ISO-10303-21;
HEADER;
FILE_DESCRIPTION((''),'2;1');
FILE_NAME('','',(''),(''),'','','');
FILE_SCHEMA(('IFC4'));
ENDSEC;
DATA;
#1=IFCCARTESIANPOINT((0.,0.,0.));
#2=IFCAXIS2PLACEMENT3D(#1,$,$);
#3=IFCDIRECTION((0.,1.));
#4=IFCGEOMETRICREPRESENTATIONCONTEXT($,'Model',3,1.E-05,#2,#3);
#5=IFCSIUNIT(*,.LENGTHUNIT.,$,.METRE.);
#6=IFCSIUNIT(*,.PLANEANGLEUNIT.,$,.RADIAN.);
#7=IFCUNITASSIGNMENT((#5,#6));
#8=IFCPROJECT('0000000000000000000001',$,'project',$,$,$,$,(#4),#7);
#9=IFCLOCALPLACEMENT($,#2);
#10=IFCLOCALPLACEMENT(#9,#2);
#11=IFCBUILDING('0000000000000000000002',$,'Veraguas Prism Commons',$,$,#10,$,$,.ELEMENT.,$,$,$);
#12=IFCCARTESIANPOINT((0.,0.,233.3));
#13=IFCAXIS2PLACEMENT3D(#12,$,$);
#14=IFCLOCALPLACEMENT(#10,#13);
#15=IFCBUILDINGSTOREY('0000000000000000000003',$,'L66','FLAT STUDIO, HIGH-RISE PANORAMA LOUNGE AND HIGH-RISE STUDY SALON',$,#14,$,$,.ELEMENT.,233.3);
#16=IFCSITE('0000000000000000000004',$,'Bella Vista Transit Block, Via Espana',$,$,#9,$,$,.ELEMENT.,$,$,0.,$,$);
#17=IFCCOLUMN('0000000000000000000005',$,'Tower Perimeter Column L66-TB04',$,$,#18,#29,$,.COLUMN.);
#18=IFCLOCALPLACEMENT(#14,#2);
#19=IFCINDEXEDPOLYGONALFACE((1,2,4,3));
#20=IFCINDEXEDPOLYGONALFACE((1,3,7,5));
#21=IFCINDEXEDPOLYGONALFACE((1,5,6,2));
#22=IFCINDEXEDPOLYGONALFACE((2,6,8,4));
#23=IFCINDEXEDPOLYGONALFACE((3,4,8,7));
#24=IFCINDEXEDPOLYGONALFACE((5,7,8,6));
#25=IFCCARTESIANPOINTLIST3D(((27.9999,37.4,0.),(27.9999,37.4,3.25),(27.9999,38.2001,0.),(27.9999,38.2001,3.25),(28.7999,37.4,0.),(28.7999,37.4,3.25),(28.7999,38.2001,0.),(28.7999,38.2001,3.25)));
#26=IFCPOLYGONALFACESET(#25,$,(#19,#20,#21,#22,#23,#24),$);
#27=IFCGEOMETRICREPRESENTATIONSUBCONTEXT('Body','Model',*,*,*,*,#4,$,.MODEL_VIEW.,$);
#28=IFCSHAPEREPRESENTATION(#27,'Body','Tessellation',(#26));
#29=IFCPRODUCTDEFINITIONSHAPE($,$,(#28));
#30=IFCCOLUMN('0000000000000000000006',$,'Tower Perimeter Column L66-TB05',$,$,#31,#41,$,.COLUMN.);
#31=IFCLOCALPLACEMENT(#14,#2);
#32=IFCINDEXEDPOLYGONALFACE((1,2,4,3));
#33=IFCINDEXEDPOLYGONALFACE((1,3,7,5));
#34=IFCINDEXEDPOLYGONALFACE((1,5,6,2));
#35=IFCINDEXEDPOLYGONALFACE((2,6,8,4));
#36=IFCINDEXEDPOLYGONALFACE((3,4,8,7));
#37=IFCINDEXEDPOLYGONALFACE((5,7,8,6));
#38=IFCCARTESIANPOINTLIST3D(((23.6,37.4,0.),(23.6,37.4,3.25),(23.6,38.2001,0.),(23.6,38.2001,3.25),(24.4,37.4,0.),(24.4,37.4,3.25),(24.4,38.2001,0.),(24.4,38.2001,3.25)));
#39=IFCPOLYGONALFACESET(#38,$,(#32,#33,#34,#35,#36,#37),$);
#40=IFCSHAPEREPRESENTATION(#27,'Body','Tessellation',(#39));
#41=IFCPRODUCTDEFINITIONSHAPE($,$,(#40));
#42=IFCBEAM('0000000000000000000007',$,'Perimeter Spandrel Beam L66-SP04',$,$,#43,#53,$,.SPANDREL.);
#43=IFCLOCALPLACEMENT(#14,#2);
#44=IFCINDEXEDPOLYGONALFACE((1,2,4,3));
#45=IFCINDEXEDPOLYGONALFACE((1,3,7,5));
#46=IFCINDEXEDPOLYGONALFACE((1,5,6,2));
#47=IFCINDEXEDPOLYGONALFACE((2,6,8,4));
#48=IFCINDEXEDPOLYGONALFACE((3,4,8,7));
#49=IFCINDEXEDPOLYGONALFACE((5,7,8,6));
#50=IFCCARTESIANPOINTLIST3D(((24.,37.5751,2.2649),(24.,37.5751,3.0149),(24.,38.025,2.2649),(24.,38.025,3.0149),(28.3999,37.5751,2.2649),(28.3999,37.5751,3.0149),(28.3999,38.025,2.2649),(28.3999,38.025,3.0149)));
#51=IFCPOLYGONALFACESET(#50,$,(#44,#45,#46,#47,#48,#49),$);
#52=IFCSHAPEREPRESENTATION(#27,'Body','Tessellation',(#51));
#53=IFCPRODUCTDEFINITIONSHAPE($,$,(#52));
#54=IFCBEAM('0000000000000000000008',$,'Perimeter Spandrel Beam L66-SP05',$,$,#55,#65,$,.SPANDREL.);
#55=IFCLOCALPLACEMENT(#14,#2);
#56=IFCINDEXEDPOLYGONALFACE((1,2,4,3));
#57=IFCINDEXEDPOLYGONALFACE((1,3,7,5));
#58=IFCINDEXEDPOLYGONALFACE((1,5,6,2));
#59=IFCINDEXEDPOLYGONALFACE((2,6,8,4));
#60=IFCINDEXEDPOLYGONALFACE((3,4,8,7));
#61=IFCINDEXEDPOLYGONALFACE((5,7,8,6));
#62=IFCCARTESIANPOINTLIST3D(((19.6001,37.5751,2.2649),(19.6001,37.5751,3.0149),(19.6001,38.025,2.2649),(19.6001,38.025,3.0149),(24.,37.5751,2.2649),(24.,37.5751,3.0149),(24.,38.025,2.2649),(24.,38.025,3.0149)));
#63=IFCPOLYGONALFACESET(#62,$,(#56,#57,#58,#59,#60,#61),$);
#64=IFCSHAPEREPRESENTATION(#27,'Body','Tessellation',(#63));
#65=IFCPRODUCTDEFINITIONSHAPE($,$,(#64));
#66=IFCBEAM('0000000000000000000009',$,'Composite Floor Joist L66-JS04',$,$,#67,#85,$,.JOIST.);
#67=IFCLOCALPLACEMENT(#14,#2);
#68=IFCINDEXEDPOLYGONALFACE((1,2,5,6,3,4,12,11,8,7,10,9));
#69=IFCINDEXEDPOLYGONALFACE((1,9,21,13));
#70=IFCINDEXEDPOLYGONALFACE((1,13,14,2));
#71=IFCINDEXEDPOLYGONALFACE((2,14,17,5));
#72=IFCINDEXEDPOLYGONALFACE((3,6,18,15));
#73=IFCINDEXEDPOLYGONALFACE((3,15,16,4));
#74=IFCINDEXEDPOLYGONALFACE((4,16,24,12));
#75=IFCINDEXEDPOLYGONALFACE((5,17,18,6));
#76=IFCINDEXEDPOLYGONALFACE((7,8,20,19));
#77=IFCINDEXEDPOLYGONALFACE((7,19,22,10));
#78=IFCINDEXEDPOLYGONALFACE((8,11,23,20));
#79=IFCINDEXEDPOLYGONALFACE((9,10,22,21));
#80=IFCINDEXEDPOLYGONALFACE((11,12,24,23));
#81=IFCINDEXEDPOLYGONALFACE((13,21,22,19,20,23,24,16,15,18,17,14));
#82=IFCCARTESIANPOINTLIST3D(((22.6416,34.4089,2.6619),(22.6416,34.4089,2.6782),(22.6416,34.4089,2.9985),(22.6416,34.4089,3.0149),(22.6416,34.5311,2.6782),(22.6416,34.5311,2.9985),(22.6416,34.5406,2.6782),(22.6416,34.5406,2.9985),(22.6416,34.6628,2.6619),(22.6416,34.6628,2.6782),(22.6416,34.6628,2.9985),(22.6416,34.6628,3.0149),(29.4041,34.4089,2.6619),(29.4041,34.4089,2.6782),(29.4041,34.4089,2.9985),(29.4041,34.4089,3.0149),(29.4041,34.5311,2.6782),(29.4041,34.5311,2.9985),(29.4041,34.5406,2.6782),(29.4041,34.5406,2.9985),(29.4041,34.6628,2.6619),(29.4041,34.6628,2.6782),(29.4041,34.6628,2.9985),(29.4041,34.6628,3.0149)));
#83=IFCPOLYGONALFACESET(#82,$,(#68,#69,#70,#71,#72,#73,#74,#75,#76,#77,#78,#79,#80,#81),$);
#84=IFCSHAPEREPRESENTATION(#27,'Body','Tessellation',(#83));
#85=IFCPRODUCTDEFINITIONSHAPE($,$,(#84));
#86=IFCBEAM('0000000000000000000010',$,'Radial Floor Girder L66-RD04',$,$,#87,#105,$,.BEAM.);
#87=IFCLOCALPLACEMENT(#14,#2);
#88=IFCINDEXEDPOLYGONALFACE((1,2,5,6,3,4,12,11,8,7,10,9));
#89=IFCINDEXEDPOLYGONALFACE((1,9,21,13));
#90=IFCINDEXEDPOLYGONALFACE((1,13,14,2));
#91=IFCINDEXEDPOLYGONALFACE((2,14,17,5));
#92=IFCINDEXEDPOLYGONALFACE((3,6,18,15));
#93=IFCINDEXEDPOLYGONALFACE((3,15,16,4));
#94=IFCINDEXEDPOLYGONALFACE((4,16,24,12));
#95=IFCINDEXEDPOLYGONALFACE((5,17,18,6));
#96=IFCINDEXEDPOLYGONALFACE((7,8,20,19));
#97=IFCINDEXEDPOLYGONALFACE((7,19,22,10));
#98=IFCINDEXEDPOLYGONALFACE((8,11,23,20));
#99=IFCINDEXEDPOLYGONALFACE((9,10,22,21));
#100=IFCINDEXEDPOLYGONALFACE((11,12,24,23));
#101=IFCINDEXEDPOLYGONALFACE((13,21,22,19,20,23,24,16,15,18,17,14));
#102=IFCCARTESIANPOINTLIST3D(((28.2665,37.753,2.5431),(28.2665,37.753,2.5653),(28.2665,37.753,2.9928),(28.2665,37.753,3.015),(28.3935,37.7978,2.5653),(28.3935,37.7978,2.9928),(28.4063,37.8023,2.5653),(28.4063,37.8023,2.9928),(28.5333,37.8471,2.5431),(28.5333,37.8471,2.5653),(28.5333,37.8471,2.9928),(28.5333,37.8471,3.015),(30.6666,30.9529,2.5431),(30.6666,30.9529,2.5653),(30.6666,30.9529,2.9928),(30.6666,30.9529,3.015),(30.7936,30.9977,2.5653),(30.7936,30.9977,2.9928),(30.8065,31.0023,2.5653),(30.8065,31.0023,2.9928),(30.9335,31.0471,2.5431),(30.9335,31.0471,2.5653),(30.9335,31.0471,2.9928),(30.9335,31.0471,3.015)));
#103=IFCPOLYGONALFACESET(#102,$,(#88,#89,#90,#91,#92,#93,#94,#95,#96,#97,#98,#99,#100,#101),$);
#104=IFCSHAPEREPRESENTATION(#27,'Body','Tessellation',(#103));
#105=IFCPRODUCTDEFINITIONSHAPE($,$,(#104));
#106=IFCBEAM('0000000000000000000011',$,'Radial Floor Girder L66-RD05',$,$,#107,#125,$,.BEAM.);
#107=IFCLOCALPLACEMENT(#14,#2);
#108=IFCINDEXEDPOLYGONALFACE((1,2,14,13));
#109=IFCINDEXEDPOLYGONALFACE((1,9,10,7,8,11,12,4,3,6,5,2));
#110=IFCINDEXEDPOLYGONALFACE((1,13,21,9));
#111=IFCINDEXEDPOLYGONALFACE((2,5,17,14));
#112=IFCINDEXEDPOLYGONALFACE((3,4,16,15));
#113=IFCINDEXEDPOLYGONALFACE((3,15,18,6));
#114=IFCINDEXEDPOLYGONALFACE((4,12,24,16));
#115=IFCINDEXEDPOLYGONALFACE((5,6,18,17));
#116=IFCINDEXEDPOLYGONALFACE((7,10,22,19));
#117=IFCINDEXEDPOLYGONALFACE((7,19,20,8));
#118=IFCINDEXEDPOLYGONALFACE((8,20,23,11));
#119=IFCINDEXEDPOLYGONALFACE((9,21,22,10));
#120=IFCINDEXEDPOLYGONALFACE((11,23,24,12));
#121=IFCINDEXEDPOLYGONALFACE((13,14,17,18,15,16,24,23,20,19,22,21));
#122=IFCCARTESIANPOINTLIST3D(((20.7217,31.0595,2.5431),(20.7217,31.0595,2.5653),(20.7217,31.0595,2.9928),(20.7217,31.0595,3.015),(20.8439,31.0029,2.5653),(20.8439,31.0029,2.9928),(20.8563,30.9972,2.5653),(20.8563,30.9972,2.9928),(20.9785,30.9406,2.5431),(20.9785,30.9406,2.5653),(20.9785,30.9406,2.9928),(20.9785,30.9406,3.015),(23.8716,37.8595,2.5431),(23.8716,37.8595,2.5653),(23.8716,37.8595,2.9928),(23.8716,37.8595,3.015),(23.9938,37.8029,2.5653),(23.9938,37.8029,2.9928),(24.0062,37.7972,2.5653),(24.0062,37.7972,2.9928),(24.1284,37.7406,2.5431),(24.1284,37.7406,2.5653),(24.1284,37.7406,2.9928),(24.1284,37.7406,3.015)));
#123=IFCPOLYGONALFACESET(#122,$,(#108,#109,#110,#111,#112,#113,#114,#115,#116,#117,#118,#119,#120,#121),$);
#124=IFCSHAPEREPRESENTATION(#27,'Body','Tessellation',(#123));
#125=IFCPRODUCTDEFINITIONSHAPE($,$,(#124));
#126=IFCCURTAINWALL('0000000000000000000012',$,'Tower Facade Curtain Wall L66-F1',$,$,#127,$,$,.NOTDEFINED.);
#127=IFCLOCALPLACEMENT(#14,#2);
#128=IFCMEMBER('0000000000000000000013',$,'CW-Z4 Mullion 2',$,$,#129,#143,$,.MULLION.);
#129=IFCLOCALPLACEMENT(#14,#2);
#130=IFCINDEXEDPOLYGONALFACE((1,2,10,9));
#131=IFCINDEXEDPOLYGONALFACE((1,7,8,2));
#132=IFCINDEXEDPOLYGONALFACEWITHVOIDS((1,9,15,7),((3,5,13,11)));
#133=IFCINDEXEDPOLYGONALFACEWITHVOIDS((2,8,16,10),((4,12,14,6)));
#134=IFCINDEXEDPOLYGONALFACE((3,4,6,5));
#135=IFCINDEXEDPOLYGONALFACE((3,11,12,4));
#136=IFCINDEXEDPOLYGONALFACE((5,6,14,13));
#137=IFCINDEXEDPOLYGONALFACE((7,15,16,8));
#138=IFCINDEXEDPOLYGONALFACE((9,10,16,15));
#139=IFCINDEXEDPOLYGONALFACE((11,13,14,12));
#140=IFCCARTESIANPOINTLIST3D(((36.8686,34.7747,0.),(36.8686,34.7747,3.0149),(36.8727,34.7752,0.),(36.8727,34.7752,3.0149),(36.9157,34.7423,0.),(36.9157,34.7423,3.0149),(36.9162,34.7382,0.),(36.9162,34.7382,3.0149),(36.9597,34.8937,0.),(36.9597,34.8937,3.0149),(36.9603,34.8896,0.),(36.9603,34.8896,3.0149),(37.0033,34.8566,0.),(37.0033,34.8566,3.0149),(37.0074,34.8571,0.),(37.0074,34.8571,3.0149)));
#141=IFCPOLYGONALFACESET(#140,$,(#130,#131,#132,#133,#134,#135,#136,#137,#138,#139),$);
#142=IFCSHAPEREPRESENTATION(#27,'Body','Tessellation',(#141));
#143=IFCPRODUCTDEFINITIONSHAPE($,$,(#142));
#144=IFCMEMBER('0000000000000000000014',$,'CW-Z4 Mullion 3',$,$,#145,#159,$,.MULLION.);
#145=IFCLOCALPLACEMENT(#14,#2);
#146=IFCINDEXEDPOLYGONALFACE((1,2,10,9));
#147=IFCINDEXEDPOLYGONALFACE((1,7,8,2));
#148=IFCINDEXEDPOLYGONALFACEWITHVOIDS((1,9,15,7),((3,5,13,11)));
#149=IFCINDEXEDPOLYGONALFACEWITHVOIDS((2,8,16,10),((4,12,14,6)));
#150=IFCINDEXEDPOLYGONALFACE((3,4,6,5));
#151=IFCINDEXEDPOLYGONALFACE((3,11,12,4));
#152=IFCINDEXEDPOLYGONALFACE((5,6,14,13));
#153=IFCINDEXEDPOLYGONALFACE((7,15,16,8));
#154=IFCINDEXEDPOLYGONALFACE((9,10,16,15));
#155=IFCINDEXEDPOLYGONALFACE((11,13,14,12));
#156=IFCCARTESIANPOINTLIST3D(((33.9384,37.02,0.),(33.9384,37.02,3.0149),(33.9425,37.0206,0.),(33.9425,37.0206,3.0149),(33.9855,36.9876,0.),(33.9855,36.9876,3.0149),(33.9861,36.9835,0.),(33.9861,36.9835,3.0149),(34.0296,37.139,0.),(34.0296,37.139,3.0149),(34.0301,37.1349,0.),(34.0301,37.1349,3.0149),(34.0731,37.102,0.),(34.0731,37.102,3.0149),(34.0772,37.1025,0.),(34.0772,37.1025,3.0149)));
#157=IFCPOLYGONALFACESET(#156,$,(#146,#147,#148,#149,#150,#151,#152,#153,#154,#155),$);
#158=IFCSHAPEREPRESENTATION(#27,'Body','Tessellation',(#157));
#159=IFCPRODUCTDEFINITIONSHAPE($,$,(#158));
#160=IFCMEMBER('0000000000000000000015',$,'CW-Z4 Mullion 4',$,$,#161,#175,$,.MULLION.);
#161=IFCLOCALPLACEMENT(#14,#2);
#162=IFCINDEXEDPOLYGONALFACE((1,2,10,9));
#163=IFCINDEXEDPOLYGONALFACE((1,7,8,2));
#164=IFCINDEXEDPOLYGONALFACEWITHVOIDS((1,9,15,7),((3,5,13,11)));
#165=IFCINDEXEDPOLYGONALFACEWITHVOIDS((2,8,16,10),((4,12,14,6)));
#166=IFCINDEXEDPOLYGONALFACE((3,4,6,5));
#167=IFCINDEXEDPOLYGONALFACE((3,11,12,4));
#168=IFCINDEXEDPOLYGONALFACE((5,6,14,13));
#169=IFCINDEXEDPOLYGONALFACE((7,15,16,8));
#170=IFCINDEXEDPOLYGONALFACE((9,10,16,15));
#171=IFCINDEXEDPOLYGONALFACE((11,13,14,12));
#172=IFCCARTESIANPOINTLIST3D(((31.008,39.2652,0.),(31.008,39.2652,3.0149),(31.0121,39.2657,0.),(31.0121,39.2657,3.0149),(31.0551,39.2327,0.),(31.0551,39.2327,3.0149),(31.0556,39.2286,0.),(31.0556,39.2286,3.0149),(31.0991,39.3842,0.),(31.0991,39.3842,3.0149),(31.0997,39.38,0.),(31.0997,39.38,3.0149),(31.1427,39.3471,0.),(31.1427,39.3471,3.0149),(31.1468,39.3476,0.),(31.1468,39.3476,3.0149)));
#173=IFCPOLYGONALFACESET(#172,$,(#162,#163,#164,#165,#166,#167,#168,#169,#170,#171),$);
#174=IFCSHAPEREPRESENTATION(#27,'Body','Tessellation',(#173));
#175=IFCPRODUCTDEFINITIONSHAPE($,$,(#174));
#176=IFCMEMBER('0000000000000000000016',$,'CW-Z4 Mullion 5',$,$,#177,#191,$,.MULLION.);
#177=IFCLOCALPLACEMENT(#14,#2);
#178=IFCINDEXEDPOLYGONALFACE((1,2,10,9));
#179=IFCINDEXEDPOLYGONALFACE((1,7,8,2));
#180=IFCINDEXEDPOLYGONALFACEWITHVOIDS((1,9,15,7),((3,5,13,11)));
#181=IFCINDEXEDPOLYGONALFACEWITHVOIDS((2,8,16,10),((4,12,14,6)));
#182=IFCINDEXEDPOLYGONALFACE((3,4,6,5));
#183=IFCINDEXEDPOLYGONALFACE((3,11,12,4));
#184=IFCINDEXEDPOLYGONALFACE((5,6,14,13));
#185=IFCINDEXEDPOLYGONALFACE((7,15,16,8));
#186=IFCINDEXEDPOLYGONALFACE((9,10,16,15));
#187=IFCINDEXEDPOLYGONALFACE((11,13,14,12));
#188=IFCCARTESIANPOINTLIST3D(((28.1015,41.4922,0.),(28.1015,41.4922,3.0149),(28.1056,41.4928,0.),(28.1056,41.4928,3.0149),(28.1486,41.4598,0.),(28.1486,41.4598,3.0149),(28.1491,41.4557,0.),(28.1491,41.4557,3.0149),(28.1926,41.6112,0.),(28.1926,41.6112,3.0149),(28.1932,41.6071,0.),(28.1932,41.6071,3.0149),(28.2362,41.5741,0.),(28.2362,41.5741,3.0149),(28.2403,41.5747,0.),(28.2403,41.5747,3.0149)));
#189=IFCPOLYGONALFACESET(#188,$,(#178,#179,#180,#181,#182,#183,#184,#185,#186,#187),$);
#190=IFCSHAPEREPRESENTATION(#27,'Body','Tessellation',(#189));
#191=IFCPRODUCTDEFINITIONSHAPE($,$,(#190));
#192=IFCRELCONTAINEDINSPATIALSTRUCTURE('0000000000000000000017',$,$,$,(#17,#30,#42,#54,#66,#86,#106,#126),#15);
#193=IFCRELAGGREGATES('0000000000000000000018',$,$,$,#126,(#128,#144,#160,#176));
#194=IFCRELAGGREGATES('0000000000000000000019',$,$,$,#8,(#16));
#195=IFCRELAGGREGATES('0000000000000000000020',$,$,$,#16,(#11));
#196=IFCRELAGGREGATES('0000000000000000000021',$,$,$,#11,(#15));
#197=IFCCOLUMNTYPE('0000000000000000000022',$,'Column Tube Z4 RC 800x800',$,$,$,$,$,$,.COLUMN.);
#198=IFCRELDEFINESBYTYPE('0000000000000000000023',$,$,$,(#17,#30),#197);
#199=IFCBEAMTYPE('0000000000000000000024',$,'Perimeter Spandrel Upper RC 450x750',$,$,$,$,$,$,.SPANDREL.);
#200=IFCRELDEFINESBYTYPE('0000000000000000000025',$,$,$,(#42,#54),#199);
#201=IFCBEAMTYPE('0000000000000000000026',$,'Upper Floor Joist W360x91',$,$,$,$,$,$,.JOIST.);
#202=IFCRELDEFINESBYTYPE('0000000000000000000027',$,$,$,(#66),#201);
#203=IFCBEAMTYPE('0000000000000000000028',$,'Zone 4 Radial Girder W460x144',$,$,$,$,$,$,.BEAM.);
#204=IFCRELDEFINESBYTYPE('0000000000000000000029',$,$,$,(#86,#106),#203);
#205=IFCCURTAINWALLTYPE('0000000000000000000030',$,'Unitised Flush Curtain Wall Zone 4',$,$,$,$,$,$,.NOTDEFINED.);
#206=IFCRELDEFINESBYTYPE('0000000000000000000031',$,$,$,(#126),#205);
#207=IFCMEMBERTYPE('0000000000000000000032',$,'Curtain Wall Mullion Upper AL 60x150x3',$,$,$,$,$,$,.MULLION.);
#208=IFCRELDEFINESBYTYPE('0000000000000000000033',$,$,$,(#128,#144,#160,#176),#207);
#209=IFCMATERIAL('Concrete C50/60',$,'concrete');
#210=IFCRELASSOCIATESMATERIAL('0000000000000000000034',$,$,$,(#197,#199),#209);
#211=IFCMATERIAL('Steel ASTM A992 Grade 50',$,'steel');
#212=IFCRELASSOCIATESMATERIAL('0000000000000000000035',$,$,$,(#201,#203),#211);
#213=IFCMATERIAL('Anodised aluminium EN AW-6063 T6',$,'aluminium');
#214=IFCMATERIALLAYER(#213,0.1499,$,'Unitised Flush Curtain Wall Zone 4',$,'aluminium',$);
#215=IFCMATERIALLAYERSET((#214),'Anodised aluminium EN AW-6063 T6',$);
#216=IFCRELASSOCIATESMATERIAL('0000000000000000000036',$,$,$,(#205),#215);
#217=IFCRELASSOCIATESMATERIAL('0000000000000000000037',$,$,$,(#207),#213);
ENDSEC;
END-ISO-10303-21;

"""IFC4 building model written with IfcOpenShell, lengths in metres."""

from ifc_helpers import new_model, si_unit, direction, frame, origin, origin_2d, place, context, subcontext, project, spatial, rectangle, hollow_rectangle, i_section, extrude, source, transform, mapped, material, layer, layer_set, material_profile, profile_set, type_object, element, aggregate, save


model = new_model("IFC4")

# Units and contexts
model_context = context("Model", 3, precision=1e-05, world=origin(), true_north=direction((0.0, 1.0)))
body_context = subcontext(model_context, "Body", "Model", "MODEL_VIEW")
ifc_project = project(units=[si_unit("LENGTHUNIT", "METRE"), si_unit("PLANEANGLEUNIT", "RADIAN")], contexts=[model_context])

# Site, building, storey
site_placement = place(None, origin())
site = spatial("IfcSite", under=ifc_project, at=site_placement, Name="Bella Vista Transit Block, Via Espana", CompositionType="ELEMENT", RefElevation=0.0)
building_placement = place(site_placement, origin())
building = spatial("IfcBuilding", under=site, at=building_placement, Name="Veraguas Prism Commons", CompositionType="ELEMENT")
storey_placement = place(building_placement, frame((0.0, 0.0, 233.3)))
storey = spatial("IfcBuildingStorey", under=building, at=storey_placement, Name="L66", Description="FLAT STUDIO, HIGH-RISE PANORAMA LOUNGE AND HIGH-RISE STUDY SALON", CompositionType="ELEMENT", Elevation=233.3)

# Columns
ifc_material_1 = material(Name="Concrete C50/60", Category="concrete")
ifc_material_profile_1 = material_profile(ifc_material_1, rectangle(XDim=0.8, YDim=0.8, at=origin_2d()), Name="RC800X800")
ifc_profile_set_1 = profile_set([ifc_material_profile_1], Name="Concrete C50/60")
column_type = type_object("IfcColumnType", Name="Column Tube Z4 RC 800x800", PredefinedType="COLUMN", material=ifc_profile_set_1)
for number, where, z_axis, x_axis, name in (
    (1, (28.3999, 37.8, 0.0), (0.0, 0.0, 1.0), (1.0, 0.0, 0.0), "Tower Perimeter Column L66-TB04"),
    (2, (24.0, 37.8, 0.0), (0.0, 0.0, 1.0), (1.0, 0.0, 0.0), "Tower Perimeter Column L66-TB05"),
):
    element("IfcColumn", number, at=place(storey_placement, frame(where, z_axis=z_axis, x_axis=x_axis)), inside=storey, type_object=column_type, Name=name, PredefinedType="COLUMN", context=body_context, shape_type="SweptSolid", body=[
        extrude(rectangle(XDim=0.8, YDim=0.8, at=origin_2d()), origin(), (0.0, 0.0, 1.0), 3.25),
    ])

# Beams
ifc_material_profile_2 = material_profile(ifc_material_1, rectangle(XDim=0.45, YDim=0.75, at=origin_2d()), Name="RC450X750")
ifc_profile_set_2 = profile_set([ifc_material_profile_2], Name="Concrete C50/60")
beam_type_1 = type_object("IfcBeamType", Name="Perimeter Spandrel Upper RC 450x750", PredefinedType="SPANDREL", material=ifc_profile_set_2)
for number, where, z_axis, x_axis, name in (
    (3, (28.3999, 37.8, 2.6399), (-1.0, 0.0, 0.0), (0.0, -1.0, 0.0), "Perimeter Spandrel Beam L66-SP04"),
    (4, (24.0, 37.8, 2.6399), (-1.0, 0.0, 0.0), (0.0, -1.0, 0.0), "Perimeter Spandrel Beam L66-SP05"),
):
    element("IfcBeam", number, at=place(storey_placement, frame(where, z_axis=z_axis, x_axis=x_axis)), inside=storey, type_object=beam_type_1, Name=name, PredefinedType="SPANDREL", context=body_context, shape_type="SweptSolid", body=[
        extrude(rectangle(XDim=0.45, YDim=0.75, at=origin_2d()), origin(), (0.0, 0.0, 1.0), 4.3999),
    ])
ifc_material_2 = material(Name="Steel ASTM A992 Grade 50", Category="steel")
ifc_material_profile_3 = material_profile(ifc_material_2, i_section(OverallWidth=0.2539, OverallDepth=0.353, WebThickness=0.0095, FlangeThickness=0.0164, at=origin_2d()), Name="W360X91")
ifc_profile_set_3 = profile_set([ifc_material_profile_3], Name="Steel ASTM A992 Grade 50")
beam_type_2 = type_object("IfcBeamType", Name="Upper Floor Joist W360x91", PredefinedType="JOIST", material=ifc_profile_set_3)
beam_1_placement = place(storey_placement, frame((29.4041, 34.5359, 2.8384), z_axis=(-1.0, 0.0, 0.0), x_axis=(0.0, -1.0, 0.0)))
element("IfcBeam", 5, at=beam_1_placement, inside=storey, type_object=beam_type_2, Name="Composite Floor Joist L66-JS04", PredefinedType="JOIST", context=body_context, shape_type="SweptSolid", body=[
    extrude(i_section(OverallWidth=0.2539, OverallDepth=0.353, WebThickness=0.0095, FlangeThickness=0.0164, at=origin_2d()), origin(), (0.0, 0.0, 1.0), 6.7625),
])
ifc_material_profile_4 = material_profile(ifc_material_2, i_section(OverallWidth=0.283, OverallDepth=0.4719, WebThickness=0.0137, FlangeThickness=0.0222, at=origin_2d()), Name="W460X144")
ifc_profile_set_4 = profile_set([ifc_material_profile_4], Name="Steel ASTM A992 Grade 50")
beam_type_3 = type_object("IfcBeamType", Name="Zone 4 Radial Girder W460x144", PredefinedType="BEAM", material=ifc_profile_set_4)
beam_2_placement = place(storey_placement, frame((28.3999, 37.8, 2.7791), z_axis=(0.332836, -0.942985, 0.0), x_axis=(0.942985, 0.332836, 0.0)))
element("IfcBeam", 6, at=beam_2_placement, inside=storey, type_object=beam_type_3, Name="Radial Floor Girder L66-RD04", PredefinedType="BEAM", context=body_context, shape_type="SweptSolid", body=[
    extrude(i_section(OverallWidth=0.283, OverallDepth=0.4719, WebThickness=0.0137, FlangeThickness=0.0222, at=origin_2d()), origin(), (0.0, 0.0, 1.0), 7.2112),
])
beam_3_placement = place(storey_placement, frame((24.0, 37.8, 2.7791), z_axis=(-0.420314, -0.907379, 0.0), x_axis=(0.907379, -0.420314, 0.0)))
element("IfcBeam", 7, at=beam_3_placement, inside=storey, type_object=beam_type_3, Name="Radial Floor Girder L66-RD05", PredefinedType="BEAM", context=body_context, shape_type="SweptSolid", body=[
    extrude(i_section(OverallWidth=0.283, OverallDepth=0.4719, WebThickness=0.0137, FlangeThickness=0.0222, at=origin_2d()), origin(), (0.0, 0.0, 1.0), 7.4941),
])

# Curtain wall, members
ifc_material_3 = material(Name="Anodised aluminium EN AW-6063 T6", Category="aluminium")
ifc_layer_1 = layer(ifc_material_3, 0.1499, Name="Unitised Flush Curtain Wall Zone 4", Category="aluminium")
ifc_layer_set_1 = layer_set([ifc_layer_1], Name="Anodised aluminium EN AW-6063 T6")
curtain_wall_type = type_object("IfcCurtainWallType", Name="Unitised Flush Curtain Wall Zone 4", PredefinedType="NOTDEFINED", material=ifc_layer_set_1)
curtain_wall_1_placement = place(storey_placement, origin())
curtain_wall_1 = element("IfcCurtainWall", 8, at=curtain_wall_1_placement, inside=storey, type_object=curtain_wall_type, Name="Tower Facade Curtain Wall L66-F1", PredefinedType="NOTDEFINED")
ifc_material_profile_5 = material_profile(ifc_material_3, hollow_rectangle(XDim=0.0601, YDim=0.1499, WallThickness=0.0029, at=origin_2d()), Name="AL60X150X3")
ifc_profile_set_5 = profile_set([ifc_material_profile_5], Name="Anodised aluminium EN AW-6063 T6")
member_type_1 = type_object("IfcMemberType", Name="Curtain Wall Mullion Upper AL 60x150x3", PredefinedType="MULLION", material=ifc_profile_set_5)
shared_shape_1 = source(origin(), body_context, "Body", "SweptSolid", [
    extrude(hollow_rectangle(XDim=0.0601, YDim=0.1499, WallThickness=0.0029, at=origin_2d()), origin(), (0.0, 0.0, 1.0), 3.0149),
])
member_1_placement = place(storey_placement, frame((36.938, 34.8159, 0.0), z_axis=(0.0, 0.0, 1.0), x_axis=(-0.79378, 0.608205, 0.0)))
member_1 = element("IfcMember", 9, at=member_1_placement, type_object=member_type_1, Name="CW-Z4 Mullion 2", PredefinedType="MULLION", context=body_context, shape_type="MappedRepresentation", body=[
    mapped(shared_shape_1, transform((0.0, 0.0, 0.0), scale=1.0)),
])
member_2_placement = place(storey_placement, frame((34.0078, 37.0613, 0.0), z_axis=(0.0, 0.0, 1.0), x_axis=(-0.79378, 0.608205, 0.0)))
member_2 = element("IfcMember", 10, at=member_2_placement, type_object=member_type_1, Name="CW-Z4 Mullion 3", PredefinedType="MULLION", context=body_context, shape_type="MappedRepresentation", body=[
    mapped(shared_shape_1, transform((0.0, 0.0, 0.0), scale=1.0)),
])
member_3_placement = place(storey_placement, frame((31.0774, 39.3064, 0.0), z_axis=(0.0, 0.0, 1.0), x_axis=(-0.79378, 0.608205, 0.0)))
member_3 = element("IfcMember", 11, at=member_3_placement, type_object=member_type_1, Name="CW-Z4 Mullion 4", PredefinedType="MULLION", context=body_context, shape_type="MappedRepresentation", body=[
    mapped(shared_shape_1, transform((0.0, 0.0, 0.0), scale=1.0)),
])
member_4_placement = place(storey_placement, frame((28.1709, 41.5334, 0.0), z_axis=(0.0, 0.0, 1.0), x_axis=(-0.79378, 0.608205, 0.0)))
member_4 = element("IfcMember", 12, at=member_4_placement, type_object=member_type_1, Name="CW-Z4 Mullion 5", PredefinedType="MULLION", context=body_context, shape_type="MappedRepresentation", body=[
    mapped(shared_shape_1, transform((0.0, 0.0, 0.0), scale=1.0)),
])

aggregate(curtain_wall_1, [member_1, member_2, member_3, member_4])

save(model, "model.ifc")
